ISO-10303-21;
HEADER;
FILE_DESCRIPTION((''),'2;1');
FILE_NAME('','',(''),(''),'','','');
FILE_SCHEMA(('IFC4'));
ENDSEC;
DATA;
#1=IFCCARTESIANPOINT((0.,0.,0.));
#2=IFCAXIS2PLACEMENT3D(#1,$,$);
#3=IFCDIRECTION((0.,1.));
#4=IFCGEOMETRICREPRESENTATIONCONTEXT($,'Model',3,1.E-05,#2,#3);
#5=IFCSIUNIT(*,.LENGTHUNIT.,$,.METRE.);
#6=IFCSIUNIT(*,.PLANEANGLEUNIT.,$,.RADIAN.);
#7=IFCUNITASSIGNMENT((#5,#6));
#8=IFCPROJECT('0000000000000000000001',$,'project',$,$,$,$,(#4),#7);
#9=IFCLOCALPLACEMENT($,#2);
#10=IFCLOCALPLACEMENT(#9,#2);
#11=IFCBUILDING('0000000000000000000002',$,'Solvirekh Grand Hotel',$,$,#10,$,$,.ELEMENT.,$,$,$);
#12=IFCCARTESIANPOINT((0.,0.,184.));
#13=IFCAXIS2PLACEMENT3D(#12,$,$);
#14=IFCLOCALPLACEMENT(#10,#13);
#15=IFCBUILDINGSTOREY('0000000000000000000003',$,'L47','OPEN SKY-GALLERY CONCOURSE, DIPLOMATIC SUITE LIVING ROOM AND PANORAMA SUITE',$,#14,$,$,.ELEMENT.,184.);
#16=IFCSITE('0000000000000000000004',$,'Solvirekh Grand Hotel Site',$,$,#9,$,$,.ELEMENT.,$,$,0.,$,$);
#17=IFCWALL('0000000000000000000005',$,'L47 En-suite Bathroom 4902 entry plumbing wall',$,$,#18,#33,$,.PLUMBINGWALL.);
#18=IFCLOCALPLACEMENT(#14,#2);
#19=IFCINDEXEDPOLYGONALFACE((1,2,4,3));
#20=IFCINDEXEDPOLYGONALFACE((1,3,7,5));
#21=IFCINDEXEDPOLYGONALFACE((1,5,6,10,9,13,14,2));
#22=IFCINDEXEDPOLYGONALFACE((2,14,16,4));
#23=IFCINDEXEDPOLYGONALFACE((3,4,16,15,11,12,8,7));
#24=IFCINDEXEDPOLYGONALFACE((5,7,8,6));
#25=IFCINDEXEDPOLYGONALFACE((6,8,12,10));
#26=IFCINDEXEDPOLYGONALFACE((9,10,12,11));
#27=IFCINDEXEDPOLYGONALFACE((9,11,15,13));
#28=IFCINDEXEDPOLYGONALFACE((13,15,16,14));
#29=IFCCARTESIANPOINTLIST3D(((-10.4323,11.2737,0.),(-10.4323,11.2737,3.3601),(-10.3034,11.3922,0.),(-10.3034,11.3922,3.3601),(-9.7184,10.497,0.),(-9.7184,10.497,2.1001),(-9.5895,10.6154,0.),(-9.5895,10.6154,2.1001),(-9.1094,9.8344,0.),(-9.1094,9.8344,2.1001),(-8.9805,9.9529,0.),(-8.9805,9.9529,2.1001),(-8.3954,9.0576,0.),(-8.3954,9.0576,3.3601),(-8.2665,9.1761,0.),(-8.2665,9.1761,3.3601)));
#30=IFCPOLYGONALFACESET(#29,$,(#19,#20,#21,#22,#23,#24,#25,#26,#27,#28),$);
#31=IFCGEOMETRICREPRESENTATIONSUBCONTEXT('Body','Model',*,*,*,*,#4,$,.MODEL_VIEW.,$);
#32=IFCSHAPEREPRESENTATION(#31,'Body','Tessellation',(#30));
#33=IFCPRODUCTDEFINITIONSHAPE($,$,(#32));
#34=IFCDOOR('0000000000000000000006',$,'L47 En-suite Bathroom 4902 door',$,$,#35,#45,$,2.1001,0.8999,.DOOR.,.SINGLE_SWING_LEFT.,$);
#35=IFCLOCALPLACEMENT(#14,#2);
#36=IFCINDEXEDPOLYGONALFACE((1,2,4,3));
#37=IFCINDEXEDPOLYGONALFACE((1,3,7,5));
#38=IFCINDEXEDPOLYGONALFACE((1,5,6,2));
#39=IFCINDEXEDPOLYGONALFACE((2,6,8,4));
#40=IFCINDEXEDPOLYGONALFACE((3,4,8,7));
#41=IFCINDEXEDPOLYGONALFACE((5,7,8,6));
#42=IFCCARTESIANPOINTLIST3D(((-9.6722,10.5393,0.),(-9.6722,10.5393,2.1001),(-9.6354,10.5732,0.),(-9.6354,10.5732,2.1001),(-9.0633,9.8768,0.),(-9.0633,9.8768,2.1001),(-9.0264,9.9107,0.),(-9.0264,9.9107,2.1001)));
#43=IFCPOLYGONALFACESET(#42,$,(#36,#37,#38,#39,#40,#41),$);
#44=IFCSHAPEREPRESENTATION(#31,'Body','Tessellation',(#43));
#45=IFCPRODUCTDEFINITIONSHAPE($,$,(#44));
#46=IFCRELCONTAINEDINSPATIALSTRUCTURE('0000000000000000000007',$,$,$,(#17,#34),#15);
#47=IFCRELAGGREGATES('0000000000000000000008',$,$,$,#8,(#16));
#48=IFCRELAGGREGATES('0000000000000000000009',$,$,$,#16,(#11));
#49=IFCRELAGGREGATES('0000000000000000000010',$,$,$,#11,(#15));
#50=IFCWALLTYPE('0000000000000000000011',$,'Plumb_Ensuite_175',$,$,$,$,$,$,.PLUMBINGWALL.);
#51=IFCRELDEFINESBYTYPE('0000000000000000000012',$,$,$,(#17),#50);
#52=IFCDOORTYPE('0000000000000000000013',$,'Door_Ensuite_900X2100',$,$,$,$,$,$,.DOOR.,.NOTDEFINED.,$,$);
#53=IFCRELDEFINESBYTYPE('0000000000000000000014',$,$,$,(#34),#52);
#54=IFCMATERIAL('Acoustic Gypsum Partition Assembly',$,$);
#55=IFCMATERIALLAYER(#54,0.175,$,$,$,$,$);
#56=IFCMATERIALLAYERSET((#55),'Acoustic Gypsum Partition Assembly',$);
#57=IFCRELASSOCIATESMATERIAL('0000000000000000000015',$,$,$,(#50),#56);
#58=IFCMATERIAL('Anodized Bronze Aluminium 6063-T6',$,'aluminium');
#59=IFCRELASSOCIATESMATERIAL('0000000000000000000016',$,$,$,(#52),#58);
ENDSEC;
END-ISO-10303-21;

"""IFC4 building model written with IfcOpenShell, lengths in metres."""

from ifc_helpers import new_model, si_unit, direction, frame, frame_2d, origin, place, context, subcontext, project, spatial, rectangle, extrude, material, layer, layer_set, type_object, element, fill, save


model = new_model("IFC4")

# Units and contexts
model_context = context("Model", 3, precision=1e-05, world=origin(), true_north=direction((0.0, 1.0)))
body_context = subcontext(model_context, "Body", "Model", "MODEL_VIEW")
ifc_project = project(units=[si_unit("LENGTHUNIT", "METRE"), si_unit("PLANEANGLEUNIT", "RADIAN")], contexts=[model_context])

# Site, building, storey
site_placement = place(None, origin())
site = spatial("IfcSite", under=ifc_project, at=site_placement, Name="Solvirekh Grand Hotel Site", CompositionType="ELEMENT", RefElevation=0.0)
building_placement = place(site_placement, origin())
building = spatial("IfcBuilding", under=site, at=building_placement, Name="Solvirekh Grand Hotel", CompositionType="ELEMENT")
storey_placement = place(building_placement, frame((0.0, 0.0, 184.0)))
storey = spatial("IfcBuildingStorey", under=building, at=storey_placement, Name="L47", Description="OPEN SKY-GALLERY CONCOURSE, DIPLOMATIC SUITE LIVING ROOM AND PANORAMA SUITE", CompositionType="ELEMENT", Elevation=184.0)

# Shared definitions
ifc_material_1 = material(Name="Anodized Bronze Aluminium 6063-T6", Category="aluminium")

# Shared definitions
ifc_material_2 = material(Name="Acoustic Gypsum Partition Assembly")

# Shared definitions
ifc_layer_1 = layer(ifc_material_2, 0.175)
ifc_layer_set_1 = layer_set([ifc_layer_1], Name="Acoustic Gypsum Partition Assembly")
wall_type_1 = type_object("IfcWallType", Name="Plumb_Ensuite_175", PredefinedType="PLUMBINGWALL", material=ifc_layer_set_1)

# Wall, opening, door
wall_1_placement = place(storey_placement, frame((-8.3311, 9.1169, 0.0), z_axis=(0.0, 0.0, 1.0), x_axis=(-0.676712, 0.736248, 0.0)))
wall_1 = element("IfcWall", 1, at=wall_1_placement, inside=storey, type_object=wall_type_1, Name="L47 En-suite Bathroom 4902 entry plumbing wall", PredefinedType="PLUMBINGWALL", context=body_context, shape_type="SweptSolid", body=[
    extrude(rectangle(XDim=3.01, YDim=0.175, at=frame_2d((1.5049, 0.0))), origin(), (0.0, 0.0, 1.0), 3.3601),
])
opening_1_placement = place(wall_1_placement, frame((1.0549, 0.0, 0.0)))
opening_1 = element("IfcOpeningElement", 2, at=opening_1_placement, cuts=wall_1, PredefinedType="OPENING", context=body_context, shape_type="SweptSolid", body=[
    extrude(rectangle(XDim=0.8999, YDim=2.1001, at=frame_2d((0.45, 1.05))), frame((0.0, 0.0977, 0.0), z_axis=(0.0, -1.0, 0.0), x_axis=(1.0, 0.0, 0.0)), (0.0, 0.0, 1.0), 0.1951),
])
door_type_1 = type_object("IfcDoorType", Name="Door_Ensuite_900X2100", OperationType="NOTDEFINED", PredefinedType="DOOR", material=ifc_material_1)
door_1_placement = place(opening_1_placement, origin())
door_1 = element("IfcDoor", 3, at=door_1_placement, inside=storey, type_object=door_type_1, Name="L47 En-suite Bathroom 4902 door", OperationType="SINGLE_SWING_LEFT", OverallHeight=2.1001, OverallWidth=0.8999, PredefinedType="DOOR", context=body_context, shape_type="SweptSolid", body=[
    extrude(rectangle(XDim=0.8999, YDim=2.1001, at=frame_2d((0.45, 1.05))), frame((0.0, 0.0249, 0.0), z_axis=(0.0, -1.0, 0.0), x_axis=(1.0, 0.0, 0.0)), (0.0, 0.0, 1.0), 0.05),
])
fill(opening_1, door_1)

save(model, "model.ifc")
